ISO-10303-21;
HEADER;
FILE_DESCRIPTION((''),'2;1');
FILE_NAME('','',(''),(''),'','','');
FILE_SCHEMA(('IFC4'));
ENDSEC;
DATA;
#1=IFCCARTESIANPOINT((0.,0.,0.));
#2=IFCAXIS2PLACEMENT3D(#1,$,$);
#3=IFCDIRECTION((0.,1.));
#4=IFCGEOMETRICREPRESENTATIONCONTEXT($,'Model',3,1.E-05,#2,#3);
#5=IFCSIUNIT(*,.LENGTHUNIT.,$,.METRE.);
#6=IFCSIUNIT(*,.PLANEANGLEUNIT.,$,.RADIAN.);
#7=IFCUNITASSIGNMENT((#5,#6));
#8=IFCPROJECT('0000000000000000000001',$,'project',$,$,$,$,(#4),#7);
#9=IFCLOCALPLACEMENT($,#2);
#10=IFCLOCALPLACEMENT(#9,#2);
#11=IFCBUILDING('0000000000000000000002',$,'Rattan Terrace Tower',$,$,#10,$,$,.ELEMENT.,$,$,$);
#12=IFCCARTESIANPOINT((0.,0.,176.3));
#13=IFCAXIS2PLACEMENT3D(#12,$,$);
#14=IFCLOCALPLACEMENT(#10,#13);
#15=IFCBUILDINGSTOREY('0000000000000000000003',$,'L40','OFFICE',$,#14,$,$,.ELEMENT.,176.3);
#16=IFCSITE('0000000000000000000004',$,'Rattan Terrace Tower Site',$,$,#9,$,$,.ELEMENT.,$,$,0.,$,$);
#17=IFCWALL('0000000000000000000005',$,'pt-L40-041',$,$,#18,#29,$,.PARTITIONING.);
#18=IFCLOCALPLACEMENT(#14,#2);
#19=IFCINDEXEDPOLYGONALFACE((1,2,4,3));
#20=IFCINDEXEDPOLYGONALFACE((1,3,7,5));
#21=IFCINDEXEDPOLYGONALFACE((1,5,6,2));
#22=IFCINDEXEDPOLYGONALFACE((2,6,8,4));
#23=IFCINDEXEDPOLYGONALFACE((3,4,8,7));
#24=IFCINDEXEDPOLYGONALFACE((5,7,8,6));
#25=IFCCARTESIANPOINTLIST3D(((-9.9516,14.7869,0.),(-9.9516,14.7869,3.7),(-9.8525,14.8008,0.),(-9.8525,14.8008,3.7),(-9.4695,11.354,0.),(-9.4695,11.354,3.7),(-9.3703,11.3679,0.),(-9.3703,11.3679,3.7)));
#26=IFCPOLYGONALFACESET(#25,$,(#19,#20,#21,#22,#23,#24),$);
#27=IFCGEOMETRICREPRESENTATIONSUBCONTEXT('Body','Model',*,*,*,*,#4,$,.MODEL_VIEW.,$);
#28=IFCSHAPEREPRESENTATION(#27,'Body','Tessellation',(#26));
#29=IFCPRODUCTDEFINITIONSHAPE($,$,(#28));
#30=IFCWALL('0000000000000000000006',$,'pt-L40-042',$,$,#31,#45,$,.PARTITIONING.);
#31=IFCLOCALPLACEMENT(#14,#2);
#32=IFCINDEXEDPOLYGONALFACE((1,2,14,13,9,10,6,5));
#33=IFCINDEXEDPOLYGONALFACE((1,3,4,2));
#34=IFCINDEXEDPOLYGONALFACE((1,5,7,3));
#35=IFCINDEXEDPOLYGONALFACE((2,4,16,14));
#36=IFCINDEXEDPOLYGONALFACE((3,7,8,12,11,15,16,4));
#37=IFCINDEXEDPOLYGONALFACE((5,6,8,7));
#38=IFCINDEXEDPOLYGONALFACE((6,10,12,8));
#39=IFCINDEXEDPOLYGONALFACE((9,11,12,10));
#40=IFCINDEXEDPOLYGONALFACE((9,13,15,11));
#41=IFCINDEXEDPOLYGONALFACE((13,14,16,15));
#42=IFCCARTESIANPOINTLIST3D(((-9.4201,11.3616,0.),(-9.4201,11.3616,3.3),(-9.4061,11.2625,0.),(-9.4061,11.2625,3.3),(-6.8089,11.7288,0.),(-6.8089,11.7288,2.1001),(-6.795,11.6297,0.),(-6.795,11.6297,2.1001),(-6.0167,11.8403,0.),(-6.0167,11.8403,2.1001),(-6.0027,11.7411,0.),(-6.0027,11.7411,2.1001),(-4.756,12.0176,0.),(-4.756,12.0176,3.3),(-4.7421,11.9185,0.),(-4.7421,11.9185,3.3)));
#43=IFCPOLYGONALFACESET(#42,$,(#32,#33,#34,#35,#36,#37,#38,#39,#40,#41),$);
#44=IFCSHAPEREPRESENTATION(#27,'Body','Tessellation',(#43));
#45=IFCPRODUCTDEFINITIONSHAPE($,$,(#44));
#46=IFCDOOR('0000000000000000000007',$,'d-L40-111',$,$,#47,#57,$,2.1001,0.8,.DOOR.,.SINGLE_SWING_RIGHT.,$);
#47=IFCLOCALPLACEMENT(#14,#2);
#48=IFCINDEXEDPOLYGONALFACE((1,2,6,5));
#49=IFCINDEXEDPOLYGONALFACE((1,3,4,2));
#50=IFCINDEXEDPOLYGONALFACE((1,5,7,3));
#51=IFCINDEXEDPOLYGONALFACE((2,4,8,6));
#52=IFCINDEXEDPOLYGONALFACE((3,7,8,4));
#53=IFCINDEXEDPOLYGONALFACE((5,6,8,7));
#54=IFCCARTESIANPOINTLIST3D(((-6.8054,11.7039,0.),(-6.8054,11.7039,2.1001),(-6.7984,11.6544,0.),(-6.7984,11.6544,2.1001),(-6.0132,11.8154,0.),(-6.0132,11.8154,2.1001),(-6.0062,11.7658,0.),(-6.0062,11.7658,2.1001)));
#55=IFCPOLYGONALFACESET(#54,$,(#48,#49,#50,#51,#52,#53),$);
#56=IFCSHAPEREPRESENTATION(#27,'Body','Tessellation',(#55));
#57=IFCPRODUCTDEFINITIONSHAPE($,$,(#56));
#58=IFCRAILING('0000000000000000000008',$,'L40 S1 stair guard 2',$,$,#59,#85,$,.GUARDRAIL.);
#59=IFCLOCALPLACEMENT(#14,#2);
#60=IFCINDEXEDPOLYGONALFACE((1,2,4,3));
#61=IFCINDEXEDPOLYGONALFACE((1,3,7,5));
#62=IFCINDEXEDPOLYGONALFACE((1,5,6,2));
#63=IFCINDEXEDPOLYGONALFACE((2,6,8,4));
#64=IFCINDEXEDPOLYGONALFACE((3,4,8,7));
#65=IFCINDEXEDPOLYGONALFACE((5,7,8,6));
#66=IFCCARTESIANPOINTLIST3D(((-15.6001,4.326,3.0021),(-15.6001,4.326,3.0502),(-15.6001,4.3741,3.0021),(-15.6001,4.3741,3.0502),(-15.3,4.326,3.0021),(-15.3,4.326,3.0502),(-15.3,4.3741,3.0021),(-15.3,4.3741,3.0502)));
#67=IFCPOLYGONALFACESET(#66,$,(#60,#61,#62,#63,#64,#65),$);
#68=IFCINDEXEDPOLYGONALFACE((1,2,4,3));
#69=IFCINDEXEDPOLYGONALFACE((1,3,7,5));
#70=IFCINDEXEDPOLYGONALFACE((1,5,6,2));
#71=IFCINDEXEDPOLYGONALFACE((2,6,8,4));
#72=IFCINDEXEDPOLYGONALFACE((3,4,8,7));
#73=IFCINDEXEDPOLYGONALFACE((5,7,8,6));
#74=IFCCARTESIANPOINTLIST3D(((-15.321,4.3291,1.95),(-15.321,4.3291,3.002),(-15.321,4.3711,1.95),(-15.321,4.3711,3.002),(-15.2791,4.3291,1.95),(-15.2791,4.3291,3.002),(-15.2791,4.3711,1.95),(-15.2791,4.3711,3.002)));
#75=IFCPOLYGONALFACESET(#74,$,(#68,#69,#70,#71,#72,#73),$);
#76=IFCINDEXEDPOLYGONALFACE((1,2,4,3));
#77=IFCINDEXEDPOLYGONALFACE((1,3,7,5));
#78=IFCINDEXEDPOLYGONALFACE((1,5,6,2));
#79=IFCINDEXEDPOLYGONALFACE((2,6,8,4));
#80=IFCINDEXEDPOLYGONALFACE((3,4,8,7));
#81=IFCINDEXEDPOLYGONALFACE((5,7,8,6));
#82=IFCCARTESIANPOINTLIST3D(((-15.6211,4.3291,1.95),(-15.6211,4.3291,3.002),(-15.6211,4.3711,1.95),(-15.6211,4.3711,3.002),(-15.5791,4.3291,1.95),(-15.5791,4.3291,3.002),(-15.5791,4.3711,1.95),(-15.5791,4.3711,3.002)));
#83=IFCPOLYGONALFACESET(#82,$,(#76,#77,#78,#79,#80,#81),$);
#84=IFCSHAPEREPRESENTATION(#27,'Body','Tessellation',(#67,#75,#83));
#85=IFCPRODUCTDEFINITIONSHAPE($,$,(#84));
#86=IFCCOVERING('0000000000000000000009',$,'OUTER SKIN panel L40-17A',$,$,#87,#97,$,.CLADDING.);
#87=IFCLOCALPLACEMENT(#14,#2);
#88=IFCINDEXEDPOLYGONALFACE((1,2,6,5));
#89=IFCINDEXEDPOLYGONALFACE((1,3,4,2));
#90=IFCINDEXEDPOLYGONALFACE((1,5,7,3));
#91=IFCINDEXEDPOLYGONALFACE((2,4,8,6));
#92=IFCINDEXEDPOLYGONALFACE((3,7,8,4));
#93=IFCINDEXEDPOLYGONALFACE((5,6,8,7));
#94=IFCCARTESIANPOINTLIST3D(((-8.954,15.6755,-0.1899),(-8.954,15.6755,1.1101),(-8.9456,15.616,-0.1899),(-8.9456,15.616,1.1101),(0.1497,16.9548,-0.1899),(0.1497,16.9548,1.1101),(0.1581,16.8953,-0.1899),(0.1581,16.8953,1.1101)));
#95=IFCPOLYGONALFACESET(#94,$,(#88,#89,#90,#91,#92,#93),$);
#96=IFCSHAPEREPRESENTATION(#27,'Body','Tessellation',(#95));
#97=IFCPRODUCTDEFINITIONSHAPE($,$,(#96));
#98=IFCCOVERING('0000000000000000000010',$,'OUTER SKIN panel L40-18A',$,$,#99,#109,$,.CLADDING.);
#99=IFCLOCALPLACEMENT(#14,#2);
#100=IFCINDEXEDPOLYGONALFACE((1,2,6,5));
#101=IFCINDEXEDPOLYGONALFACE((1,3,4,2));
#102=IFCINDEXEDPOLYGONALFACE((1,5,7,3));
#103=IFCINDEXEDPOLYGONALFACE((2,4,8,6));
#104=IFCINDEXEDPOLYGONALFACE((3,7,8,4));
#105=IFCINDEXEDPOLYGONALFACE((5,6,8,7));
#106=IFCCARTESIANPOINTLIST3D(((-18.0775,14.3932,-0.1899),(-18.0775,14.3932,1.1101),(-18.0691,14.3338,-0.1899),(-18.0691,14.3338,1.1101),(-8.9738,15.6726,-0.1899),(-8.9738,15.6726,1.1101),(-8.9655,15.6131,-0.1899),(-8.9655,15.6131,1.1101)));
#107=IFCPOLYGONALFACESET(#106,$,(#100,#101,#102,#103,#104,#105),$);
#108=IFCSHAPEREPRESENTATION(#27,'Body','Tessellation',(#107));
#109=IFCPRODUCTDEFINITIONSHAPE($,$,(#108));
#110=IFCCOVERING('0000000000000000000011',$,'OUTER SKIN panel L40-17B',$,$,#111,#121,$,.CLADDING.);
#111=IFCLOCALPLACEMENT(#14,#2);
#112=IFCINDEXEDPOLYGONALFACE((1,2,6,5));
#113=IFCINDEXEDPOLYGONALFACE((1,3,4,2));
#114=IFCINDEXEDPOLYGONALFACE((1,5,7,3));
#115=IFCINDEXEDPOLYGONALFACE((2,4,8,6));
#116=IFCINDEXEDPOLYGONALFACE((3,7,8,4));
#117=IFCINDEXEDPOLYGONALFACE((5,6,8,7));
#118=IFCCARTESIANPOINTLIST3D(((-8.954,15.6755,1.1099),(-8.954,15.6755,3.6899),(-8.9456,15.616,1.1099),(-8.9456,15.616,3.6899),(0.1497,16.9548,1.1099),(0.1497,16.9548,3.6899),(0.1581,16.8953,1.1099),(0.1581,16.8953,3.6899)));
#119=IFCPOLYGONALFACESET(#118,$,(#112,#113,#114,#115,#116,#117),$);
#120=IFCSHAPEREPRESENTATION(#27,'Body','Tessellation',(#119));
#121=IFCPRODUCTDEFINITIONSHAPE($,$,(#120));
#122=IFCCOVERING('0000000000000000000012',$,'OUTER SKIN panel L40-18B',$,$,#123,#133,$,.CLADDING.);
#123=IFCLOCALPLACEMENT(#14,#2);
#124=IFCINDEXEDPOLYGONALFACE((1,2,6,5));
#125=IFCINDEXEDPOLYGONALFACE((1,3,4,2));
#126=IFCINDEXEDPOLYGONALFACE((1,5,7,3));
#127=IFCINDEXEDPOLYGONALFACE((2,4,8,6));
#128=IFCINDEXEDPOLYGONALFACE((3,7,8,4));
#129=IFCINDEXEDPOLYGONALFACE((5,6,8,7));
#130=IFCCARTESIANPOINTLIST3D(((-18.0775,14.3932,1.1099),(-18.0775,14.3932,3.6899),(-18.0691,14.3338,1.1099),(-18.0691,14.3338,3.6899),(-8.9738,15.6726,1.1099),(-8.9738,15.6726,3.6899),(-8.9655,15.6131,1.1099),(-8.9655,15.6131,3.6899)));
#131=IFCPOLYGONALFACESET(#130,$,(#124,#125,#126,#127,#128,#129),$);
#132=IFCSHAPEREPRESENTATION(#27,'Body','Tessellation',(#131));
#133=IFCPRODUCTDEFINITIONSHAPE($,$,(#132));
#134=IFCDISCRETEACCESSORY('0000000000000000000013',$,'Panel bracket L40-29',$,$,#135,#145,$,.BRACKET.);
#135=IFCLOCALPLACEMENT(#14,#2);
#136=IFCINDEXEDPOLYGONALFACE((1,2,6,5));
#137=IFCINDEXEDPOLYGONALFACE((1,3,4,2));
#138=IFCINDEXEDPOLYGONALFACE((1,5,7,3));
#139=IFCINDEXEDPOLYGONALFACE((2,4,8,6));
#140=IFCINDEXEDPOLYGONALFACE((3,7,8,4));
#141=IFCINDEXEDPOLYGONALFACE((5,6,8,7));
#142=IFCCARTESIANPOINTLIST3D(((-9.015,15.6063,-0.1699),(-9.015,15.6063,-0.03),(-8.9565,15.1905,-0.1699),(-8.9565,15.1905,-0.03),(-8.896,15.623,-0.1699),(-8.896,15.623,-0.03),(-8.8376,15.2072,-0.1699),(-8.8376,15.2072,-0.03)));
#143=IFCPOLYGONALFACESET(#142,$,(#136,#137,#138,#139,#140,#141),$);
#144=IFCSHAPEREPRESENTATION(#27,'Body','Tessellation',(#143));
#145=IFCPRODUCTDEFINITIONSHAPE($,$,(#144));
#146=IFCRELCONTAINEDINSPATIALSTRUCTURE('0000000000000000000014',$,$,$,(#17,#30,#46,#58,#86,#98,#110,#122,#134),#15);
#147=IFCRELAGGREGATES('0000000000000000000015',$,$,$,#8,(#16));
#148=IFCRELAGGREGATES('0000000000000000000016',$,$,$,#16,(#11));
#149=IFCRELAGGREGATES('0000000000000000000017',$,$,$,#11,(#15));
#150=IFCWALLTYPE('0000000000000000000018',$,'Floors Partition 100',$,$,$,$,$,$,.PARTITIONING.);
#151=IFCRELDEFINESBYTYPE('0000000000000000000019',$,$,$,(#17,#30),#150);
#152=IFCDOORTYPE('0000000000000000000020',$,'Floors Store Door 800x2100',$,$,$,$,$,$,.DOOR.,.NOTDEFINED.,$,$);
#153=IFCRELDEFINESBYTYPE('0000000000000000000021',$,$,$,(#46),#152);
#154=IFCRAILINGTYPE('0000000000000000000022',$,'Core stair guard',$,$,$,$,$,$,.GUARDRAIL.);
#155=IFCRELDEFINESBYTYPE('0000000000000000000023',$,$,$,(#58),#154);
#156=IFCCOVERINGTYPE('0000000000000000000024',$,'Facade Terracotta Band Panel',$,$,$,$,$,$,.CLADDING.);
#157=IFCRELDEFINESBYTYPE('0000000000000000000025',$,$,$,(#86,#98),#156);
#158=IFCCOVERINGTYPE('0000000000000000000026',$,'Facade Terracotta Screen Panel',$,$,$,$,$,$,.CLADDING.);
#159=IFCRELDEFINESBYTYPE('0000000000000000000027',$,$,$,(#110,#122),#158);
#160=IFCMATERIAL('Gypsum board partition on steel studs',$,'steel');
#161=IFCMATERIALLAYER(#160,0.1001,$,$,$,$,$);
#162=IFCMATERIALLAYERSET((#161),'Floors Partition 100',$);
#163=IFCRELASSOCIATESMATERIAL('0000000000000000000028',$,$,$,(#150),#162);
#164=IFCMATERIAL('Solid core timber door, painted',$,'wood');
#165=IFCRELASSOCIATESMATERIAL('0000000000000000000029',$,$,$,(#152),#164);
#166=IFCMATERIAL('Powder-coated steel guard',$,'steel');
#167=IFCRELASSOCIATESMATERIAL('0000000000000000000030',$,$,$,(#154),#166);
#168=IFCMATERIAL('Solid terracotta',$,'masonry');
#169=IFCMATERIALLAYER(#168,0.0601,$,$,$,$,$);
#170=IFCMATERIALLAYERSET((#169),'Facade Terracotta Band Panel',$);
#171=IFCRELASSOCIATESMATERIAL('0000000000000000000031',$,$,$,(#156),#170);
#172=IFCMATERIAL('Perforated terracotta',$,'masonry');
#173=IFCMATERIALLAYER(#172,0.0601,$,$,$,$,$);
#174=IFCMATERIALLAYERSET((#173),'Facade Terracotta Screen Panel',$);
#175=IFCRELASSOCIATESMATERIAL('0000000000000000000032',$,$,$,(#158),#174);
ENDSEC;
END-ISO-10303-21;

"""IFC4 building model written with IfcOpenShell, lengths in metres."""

from ifc_helpers import new_model, si_unit, direction, frame, frame_2d, origin, origin_2d, place, context, subcontext, project, spatial, rectangle, extrude, material, layer, layer_set, type_object, element, fill, save


model = new_model("IFC4")

# Units and contexts
model_context = context("Model", 3, precision=1e-05, world=origin(), true_north=direction((0.0, 1.0)))
body_context = subcontext(model_context, "Body", "Model", "MODEL_VIEW")
ifc_project = project(units=[si_unit("LENGTHUNIT", "METRE"), si_unit("PLANEANGLEUNIT", "RADIAN")], contexts=[model_context])

# Site, building, storey
site_placement = place(None, origin())
site = spatial("IfcSite", under=ifc_project, at=site_placement, Name="Rattan Terrace Tower Site", CompositionType="ELEMENT", RefElevation=0.0)
building_placement = place(site_placement, origin())
building = spatial("IfcBuilding", under=site, at=building_placement, Name="Rattan Terrace Tower", CompositionType="ELEMENT")
storey_placement = place(building_placement, frame((0.0, 0.0, 176.3)))
storey = spatial("IfcBuildingStorey", under=building, at=storey_placement, Name="L40", Description="OFFICE", CompositionType="ELEMENT", Elevation=176.3)

# Wall
ifc_material_1 = material(Name="Gypsum board partition on steel studs", Category="steel")
ifc_layer_1 = layer(ifc_material_1, 0.1001)
ifc_layer_set_1 = layer_set([ifc_layer_1], Name="Floors Partition 100")
wall_type_1 = type_object("IfcWallType", Name="Floors Partition 100", PredefinedType="PARTITIONING", material=ifc_layer_set_1)
wall_1_placement = place(storey_placement, frame((-9.9021, 14.7939, 0.0), z_axis=(0.0, 0.0, 1.0), x_axis=(0.139094, -0.990279, 0.0)))
element("IfcWall", 1, at=wall_1_placement, inside=storey, type_object=wall_type_1, Name="pt-L40-041", PredefinedType="PARTITIONING", context=body_context, shape_type="SweptSolid", body=[
    extrude(rectangle(XDim=3.4666, YDim=0.1001, at=frame_2d((1.7334, 0.0))), origin(), (0.0, 0.0, 1.0), 3.7),
])

# Wall, opening, door
wall_2_placement = place(storey_placement, frame((-9.4131, 11.312, 0.0), z_axis=(0.0, 0.0, 1.0), x_axis=(0.990253, 0.13928, 0.0)))
wall_2 = element("IfcWall", 2, at=wall_2_placement, inside=storey, type_object=wall_type_1, Name="pt-L40-042", PredefinedType="PARTITIONING", context=body_context, shape_type="SweptSolid", body=[
    extrude(rectangle(XDim=4.71, YDim=0.1001, at=frame_2d((2.355, 0.0))), origin(), (0.0, 0.0, 1.0), 3.3),
])
opening_placement = place(wall_2_placement, frame((2.637, 0.0, 0.0)))
opening = element("IfcOpeningElement", 3, at=opening_placement, cuts=wall_2, PredefinedType="OPENING", context=body_context, shape_type="SweptSolid", body=[
    extrude(rectangle(XDim=0.8, YDim=2.1001, at=frame_2d((0.3999, 1.05))), frame((0.0, 0.0605, 0.0), z_axis=(0.0, -1.0, 0.0), x_axis=(1.0, 0.0, 0.0)), (0.0, 0.0, 1.0), 0.1211),
])
ifc_material_2 = material(Name="Solid core timber door, painted", Category="wood")
door_type = type_object("IfcDoorType", Name="Floors Store Door 800x2100", OperationType="NOTDEFINED", PredefinedType="DOOR", material=ifc_material_2)
door_placement = place(opening_placement, origin())
door = element("IfcDoor", 4, at=door_placement, inside=storey, type_object=door_type, Name="d-L40-111", OperationType="SINGLE_SWING_RIGHT", OverallHeight=2.1001, OverallWidth=0.8, PredefinedType="DOOR", context=body_context, shape_type="SweptSolid", body=[
    extrude(rectangle(XDim=0.8, YDim=2.1001, at=frame_2d((0.3999, 1.05))), frame((0.0, 0.0249, 0.0), z_axis=(0.0, -1.0, 0.0), x_axis=(1.0, 0.0, 0.0)), (0.0, 0.0, 1.0), 0.05),
])
fill(opening, door)

# Railing
ifc_material_3 = material(Name="Powder-coated steel guard", Category="steel")
railing_type = type_object("IfcRailingType", Name="Core stair guard", PredefinedType="GUARDRAIL", material=ifc_material_3)
railing_placement = place(storey_placement, frame((-15.3, 4.3501, 1.95)))
element("IfcRailing", 5, at=railing_placement, inside=storey, type_object=railing_type, Name="L40 S1 stair guard 2", PredefinedType="GUARDRAIL", context=body_context, shape_type="SweptSolid", body=[
    extrude(rectangle(XDim=0.0481, YDim=0.0481, at=origin_2d()), frame((0.0, 0.0, 1.0762), z_axis=(-1.0, 0.0, 0.0), x_axis=(0.0, -1.0, 0.0)), (0.0, 0.0, 1.0), 0.3),
    extrude(rectangle(XDim=0.042, YDim=0.042, at=origin_2d()), origin(), (0.0, 0.0, 1.0), 1.052),
    extrude(rectangle(XDim=0.042, YDim=0.042, at=origin_2d()), frame((-0.3, 0.0, 0.0)), (0.0, 0.0, 1.0), 1.052),
])

# Coverings
ifc_material_4 = material(Name="Solid terracotta", Category="masonry")
ifc_layer_2 = layer(ifc_material_4, 0.0601)
ifc_layer_set_2 = layer_set([ifc_layer_2], Name="Facade Terracotta Band Panel")
covering_type_1 = type_object("IfcCoveringType", Name="Facade Terracotta Band Panel", PredefinedType="CLADDING", material=ifc_layer_set_2)
for number, where, z_axis, x_axis, name in (
    (6, (-4.3979, 16.2854, -0.1899), (0.0, 0.0, 1.0), (-0.99027, -0.139161, 0.0), "OUTER SKIN panel L40-17A"),
    (7, (-13.5215, 15.0032, -0.1899), (0.0, 0.0, 1.0), (-0.99027, -0.139161, 0.0), "OUTER SKIN panel L40-18A"),
):
    element("IfcCovering", number, at=place(storey_placement, frame(where, z_axis=z_axis, x_axis=x_axis)), inside=storey, type_object=covering_type_1, Name=name, PredefinedType="CLADDING", context=body_context, shape_type="SweptSolid", body=[
        extrude(rectangle(XDim=9.1931, YDim=0.0601, at=origin_2d()), origin(), (0.0, 0.0, 1.0), 1.3),
    ])
ifc_material_5 = material(Name="Perforated terracotta", Category="masonry")
ifc_layer_3 = layer(ifc_material_5, 0.0601)
ifc_layer_set_3 = layer_set([ifc_layer_3], Name="Facade Terracotta Screen Panel")
covering_type_2 = type_object("IfcCoveringType", Name="Facade Terracotta Screen Panel", PredefinedType="CLADDING", material=ifc_layer_set_3)
for number, where, z_axis, x_axis, name in (
    (8, (-4.3979, 16.2854, 1.1099), (0.0, 0.0, 1.0), (-0.99027, -0.139161, 0.0), "OUTER SKIN panel L40-17B"),
    (9, (-13.5215, 15.0032, 1.1099), (0.0, 0.0, 1.0), (-0.99027, -0.139161, 0.0), "OUTER SKIN panel L40-18B"),
):
    element("IfcCovering", number, at=place(storey_placement, frame(where, z_axis=z_axis, x_axis=x_axis)), inside=storey, type_object=covering_type_2, Name=name, PredefinedType="CLADDING", context=body_context, shape_type="SweptSolid", body=[
        extrude(rectangle(XDim=9.1931, YDim=0.0601, at=origin_2d()), origin(), (0.0, 0.0, 1.0), 2.5801),
    ])

# Discrete accessory
discrete_accessory_placement = place(storey_placement, frame((-8.9263, 15.4067, -0.1699), z_axis=(0.0, 0.0, 1.0), x_axis=(-0.99027, -0.139161, 0.0)))
element("IfcDiscreteAccessory", 10, at=discrete_accessory_placement, inside=storey, Name="Panel bracket L40-29", PredefinedType="BRACKET", context=body_context, shape_type="SweptSolid", body=[
    extrude(rectangle(XDim=0.1201, YDim=0.4199, at=origin_2d()), origin(), (0.0, 0.0, 1.0), 0.1399),
])

save(model, "model.ifc")
